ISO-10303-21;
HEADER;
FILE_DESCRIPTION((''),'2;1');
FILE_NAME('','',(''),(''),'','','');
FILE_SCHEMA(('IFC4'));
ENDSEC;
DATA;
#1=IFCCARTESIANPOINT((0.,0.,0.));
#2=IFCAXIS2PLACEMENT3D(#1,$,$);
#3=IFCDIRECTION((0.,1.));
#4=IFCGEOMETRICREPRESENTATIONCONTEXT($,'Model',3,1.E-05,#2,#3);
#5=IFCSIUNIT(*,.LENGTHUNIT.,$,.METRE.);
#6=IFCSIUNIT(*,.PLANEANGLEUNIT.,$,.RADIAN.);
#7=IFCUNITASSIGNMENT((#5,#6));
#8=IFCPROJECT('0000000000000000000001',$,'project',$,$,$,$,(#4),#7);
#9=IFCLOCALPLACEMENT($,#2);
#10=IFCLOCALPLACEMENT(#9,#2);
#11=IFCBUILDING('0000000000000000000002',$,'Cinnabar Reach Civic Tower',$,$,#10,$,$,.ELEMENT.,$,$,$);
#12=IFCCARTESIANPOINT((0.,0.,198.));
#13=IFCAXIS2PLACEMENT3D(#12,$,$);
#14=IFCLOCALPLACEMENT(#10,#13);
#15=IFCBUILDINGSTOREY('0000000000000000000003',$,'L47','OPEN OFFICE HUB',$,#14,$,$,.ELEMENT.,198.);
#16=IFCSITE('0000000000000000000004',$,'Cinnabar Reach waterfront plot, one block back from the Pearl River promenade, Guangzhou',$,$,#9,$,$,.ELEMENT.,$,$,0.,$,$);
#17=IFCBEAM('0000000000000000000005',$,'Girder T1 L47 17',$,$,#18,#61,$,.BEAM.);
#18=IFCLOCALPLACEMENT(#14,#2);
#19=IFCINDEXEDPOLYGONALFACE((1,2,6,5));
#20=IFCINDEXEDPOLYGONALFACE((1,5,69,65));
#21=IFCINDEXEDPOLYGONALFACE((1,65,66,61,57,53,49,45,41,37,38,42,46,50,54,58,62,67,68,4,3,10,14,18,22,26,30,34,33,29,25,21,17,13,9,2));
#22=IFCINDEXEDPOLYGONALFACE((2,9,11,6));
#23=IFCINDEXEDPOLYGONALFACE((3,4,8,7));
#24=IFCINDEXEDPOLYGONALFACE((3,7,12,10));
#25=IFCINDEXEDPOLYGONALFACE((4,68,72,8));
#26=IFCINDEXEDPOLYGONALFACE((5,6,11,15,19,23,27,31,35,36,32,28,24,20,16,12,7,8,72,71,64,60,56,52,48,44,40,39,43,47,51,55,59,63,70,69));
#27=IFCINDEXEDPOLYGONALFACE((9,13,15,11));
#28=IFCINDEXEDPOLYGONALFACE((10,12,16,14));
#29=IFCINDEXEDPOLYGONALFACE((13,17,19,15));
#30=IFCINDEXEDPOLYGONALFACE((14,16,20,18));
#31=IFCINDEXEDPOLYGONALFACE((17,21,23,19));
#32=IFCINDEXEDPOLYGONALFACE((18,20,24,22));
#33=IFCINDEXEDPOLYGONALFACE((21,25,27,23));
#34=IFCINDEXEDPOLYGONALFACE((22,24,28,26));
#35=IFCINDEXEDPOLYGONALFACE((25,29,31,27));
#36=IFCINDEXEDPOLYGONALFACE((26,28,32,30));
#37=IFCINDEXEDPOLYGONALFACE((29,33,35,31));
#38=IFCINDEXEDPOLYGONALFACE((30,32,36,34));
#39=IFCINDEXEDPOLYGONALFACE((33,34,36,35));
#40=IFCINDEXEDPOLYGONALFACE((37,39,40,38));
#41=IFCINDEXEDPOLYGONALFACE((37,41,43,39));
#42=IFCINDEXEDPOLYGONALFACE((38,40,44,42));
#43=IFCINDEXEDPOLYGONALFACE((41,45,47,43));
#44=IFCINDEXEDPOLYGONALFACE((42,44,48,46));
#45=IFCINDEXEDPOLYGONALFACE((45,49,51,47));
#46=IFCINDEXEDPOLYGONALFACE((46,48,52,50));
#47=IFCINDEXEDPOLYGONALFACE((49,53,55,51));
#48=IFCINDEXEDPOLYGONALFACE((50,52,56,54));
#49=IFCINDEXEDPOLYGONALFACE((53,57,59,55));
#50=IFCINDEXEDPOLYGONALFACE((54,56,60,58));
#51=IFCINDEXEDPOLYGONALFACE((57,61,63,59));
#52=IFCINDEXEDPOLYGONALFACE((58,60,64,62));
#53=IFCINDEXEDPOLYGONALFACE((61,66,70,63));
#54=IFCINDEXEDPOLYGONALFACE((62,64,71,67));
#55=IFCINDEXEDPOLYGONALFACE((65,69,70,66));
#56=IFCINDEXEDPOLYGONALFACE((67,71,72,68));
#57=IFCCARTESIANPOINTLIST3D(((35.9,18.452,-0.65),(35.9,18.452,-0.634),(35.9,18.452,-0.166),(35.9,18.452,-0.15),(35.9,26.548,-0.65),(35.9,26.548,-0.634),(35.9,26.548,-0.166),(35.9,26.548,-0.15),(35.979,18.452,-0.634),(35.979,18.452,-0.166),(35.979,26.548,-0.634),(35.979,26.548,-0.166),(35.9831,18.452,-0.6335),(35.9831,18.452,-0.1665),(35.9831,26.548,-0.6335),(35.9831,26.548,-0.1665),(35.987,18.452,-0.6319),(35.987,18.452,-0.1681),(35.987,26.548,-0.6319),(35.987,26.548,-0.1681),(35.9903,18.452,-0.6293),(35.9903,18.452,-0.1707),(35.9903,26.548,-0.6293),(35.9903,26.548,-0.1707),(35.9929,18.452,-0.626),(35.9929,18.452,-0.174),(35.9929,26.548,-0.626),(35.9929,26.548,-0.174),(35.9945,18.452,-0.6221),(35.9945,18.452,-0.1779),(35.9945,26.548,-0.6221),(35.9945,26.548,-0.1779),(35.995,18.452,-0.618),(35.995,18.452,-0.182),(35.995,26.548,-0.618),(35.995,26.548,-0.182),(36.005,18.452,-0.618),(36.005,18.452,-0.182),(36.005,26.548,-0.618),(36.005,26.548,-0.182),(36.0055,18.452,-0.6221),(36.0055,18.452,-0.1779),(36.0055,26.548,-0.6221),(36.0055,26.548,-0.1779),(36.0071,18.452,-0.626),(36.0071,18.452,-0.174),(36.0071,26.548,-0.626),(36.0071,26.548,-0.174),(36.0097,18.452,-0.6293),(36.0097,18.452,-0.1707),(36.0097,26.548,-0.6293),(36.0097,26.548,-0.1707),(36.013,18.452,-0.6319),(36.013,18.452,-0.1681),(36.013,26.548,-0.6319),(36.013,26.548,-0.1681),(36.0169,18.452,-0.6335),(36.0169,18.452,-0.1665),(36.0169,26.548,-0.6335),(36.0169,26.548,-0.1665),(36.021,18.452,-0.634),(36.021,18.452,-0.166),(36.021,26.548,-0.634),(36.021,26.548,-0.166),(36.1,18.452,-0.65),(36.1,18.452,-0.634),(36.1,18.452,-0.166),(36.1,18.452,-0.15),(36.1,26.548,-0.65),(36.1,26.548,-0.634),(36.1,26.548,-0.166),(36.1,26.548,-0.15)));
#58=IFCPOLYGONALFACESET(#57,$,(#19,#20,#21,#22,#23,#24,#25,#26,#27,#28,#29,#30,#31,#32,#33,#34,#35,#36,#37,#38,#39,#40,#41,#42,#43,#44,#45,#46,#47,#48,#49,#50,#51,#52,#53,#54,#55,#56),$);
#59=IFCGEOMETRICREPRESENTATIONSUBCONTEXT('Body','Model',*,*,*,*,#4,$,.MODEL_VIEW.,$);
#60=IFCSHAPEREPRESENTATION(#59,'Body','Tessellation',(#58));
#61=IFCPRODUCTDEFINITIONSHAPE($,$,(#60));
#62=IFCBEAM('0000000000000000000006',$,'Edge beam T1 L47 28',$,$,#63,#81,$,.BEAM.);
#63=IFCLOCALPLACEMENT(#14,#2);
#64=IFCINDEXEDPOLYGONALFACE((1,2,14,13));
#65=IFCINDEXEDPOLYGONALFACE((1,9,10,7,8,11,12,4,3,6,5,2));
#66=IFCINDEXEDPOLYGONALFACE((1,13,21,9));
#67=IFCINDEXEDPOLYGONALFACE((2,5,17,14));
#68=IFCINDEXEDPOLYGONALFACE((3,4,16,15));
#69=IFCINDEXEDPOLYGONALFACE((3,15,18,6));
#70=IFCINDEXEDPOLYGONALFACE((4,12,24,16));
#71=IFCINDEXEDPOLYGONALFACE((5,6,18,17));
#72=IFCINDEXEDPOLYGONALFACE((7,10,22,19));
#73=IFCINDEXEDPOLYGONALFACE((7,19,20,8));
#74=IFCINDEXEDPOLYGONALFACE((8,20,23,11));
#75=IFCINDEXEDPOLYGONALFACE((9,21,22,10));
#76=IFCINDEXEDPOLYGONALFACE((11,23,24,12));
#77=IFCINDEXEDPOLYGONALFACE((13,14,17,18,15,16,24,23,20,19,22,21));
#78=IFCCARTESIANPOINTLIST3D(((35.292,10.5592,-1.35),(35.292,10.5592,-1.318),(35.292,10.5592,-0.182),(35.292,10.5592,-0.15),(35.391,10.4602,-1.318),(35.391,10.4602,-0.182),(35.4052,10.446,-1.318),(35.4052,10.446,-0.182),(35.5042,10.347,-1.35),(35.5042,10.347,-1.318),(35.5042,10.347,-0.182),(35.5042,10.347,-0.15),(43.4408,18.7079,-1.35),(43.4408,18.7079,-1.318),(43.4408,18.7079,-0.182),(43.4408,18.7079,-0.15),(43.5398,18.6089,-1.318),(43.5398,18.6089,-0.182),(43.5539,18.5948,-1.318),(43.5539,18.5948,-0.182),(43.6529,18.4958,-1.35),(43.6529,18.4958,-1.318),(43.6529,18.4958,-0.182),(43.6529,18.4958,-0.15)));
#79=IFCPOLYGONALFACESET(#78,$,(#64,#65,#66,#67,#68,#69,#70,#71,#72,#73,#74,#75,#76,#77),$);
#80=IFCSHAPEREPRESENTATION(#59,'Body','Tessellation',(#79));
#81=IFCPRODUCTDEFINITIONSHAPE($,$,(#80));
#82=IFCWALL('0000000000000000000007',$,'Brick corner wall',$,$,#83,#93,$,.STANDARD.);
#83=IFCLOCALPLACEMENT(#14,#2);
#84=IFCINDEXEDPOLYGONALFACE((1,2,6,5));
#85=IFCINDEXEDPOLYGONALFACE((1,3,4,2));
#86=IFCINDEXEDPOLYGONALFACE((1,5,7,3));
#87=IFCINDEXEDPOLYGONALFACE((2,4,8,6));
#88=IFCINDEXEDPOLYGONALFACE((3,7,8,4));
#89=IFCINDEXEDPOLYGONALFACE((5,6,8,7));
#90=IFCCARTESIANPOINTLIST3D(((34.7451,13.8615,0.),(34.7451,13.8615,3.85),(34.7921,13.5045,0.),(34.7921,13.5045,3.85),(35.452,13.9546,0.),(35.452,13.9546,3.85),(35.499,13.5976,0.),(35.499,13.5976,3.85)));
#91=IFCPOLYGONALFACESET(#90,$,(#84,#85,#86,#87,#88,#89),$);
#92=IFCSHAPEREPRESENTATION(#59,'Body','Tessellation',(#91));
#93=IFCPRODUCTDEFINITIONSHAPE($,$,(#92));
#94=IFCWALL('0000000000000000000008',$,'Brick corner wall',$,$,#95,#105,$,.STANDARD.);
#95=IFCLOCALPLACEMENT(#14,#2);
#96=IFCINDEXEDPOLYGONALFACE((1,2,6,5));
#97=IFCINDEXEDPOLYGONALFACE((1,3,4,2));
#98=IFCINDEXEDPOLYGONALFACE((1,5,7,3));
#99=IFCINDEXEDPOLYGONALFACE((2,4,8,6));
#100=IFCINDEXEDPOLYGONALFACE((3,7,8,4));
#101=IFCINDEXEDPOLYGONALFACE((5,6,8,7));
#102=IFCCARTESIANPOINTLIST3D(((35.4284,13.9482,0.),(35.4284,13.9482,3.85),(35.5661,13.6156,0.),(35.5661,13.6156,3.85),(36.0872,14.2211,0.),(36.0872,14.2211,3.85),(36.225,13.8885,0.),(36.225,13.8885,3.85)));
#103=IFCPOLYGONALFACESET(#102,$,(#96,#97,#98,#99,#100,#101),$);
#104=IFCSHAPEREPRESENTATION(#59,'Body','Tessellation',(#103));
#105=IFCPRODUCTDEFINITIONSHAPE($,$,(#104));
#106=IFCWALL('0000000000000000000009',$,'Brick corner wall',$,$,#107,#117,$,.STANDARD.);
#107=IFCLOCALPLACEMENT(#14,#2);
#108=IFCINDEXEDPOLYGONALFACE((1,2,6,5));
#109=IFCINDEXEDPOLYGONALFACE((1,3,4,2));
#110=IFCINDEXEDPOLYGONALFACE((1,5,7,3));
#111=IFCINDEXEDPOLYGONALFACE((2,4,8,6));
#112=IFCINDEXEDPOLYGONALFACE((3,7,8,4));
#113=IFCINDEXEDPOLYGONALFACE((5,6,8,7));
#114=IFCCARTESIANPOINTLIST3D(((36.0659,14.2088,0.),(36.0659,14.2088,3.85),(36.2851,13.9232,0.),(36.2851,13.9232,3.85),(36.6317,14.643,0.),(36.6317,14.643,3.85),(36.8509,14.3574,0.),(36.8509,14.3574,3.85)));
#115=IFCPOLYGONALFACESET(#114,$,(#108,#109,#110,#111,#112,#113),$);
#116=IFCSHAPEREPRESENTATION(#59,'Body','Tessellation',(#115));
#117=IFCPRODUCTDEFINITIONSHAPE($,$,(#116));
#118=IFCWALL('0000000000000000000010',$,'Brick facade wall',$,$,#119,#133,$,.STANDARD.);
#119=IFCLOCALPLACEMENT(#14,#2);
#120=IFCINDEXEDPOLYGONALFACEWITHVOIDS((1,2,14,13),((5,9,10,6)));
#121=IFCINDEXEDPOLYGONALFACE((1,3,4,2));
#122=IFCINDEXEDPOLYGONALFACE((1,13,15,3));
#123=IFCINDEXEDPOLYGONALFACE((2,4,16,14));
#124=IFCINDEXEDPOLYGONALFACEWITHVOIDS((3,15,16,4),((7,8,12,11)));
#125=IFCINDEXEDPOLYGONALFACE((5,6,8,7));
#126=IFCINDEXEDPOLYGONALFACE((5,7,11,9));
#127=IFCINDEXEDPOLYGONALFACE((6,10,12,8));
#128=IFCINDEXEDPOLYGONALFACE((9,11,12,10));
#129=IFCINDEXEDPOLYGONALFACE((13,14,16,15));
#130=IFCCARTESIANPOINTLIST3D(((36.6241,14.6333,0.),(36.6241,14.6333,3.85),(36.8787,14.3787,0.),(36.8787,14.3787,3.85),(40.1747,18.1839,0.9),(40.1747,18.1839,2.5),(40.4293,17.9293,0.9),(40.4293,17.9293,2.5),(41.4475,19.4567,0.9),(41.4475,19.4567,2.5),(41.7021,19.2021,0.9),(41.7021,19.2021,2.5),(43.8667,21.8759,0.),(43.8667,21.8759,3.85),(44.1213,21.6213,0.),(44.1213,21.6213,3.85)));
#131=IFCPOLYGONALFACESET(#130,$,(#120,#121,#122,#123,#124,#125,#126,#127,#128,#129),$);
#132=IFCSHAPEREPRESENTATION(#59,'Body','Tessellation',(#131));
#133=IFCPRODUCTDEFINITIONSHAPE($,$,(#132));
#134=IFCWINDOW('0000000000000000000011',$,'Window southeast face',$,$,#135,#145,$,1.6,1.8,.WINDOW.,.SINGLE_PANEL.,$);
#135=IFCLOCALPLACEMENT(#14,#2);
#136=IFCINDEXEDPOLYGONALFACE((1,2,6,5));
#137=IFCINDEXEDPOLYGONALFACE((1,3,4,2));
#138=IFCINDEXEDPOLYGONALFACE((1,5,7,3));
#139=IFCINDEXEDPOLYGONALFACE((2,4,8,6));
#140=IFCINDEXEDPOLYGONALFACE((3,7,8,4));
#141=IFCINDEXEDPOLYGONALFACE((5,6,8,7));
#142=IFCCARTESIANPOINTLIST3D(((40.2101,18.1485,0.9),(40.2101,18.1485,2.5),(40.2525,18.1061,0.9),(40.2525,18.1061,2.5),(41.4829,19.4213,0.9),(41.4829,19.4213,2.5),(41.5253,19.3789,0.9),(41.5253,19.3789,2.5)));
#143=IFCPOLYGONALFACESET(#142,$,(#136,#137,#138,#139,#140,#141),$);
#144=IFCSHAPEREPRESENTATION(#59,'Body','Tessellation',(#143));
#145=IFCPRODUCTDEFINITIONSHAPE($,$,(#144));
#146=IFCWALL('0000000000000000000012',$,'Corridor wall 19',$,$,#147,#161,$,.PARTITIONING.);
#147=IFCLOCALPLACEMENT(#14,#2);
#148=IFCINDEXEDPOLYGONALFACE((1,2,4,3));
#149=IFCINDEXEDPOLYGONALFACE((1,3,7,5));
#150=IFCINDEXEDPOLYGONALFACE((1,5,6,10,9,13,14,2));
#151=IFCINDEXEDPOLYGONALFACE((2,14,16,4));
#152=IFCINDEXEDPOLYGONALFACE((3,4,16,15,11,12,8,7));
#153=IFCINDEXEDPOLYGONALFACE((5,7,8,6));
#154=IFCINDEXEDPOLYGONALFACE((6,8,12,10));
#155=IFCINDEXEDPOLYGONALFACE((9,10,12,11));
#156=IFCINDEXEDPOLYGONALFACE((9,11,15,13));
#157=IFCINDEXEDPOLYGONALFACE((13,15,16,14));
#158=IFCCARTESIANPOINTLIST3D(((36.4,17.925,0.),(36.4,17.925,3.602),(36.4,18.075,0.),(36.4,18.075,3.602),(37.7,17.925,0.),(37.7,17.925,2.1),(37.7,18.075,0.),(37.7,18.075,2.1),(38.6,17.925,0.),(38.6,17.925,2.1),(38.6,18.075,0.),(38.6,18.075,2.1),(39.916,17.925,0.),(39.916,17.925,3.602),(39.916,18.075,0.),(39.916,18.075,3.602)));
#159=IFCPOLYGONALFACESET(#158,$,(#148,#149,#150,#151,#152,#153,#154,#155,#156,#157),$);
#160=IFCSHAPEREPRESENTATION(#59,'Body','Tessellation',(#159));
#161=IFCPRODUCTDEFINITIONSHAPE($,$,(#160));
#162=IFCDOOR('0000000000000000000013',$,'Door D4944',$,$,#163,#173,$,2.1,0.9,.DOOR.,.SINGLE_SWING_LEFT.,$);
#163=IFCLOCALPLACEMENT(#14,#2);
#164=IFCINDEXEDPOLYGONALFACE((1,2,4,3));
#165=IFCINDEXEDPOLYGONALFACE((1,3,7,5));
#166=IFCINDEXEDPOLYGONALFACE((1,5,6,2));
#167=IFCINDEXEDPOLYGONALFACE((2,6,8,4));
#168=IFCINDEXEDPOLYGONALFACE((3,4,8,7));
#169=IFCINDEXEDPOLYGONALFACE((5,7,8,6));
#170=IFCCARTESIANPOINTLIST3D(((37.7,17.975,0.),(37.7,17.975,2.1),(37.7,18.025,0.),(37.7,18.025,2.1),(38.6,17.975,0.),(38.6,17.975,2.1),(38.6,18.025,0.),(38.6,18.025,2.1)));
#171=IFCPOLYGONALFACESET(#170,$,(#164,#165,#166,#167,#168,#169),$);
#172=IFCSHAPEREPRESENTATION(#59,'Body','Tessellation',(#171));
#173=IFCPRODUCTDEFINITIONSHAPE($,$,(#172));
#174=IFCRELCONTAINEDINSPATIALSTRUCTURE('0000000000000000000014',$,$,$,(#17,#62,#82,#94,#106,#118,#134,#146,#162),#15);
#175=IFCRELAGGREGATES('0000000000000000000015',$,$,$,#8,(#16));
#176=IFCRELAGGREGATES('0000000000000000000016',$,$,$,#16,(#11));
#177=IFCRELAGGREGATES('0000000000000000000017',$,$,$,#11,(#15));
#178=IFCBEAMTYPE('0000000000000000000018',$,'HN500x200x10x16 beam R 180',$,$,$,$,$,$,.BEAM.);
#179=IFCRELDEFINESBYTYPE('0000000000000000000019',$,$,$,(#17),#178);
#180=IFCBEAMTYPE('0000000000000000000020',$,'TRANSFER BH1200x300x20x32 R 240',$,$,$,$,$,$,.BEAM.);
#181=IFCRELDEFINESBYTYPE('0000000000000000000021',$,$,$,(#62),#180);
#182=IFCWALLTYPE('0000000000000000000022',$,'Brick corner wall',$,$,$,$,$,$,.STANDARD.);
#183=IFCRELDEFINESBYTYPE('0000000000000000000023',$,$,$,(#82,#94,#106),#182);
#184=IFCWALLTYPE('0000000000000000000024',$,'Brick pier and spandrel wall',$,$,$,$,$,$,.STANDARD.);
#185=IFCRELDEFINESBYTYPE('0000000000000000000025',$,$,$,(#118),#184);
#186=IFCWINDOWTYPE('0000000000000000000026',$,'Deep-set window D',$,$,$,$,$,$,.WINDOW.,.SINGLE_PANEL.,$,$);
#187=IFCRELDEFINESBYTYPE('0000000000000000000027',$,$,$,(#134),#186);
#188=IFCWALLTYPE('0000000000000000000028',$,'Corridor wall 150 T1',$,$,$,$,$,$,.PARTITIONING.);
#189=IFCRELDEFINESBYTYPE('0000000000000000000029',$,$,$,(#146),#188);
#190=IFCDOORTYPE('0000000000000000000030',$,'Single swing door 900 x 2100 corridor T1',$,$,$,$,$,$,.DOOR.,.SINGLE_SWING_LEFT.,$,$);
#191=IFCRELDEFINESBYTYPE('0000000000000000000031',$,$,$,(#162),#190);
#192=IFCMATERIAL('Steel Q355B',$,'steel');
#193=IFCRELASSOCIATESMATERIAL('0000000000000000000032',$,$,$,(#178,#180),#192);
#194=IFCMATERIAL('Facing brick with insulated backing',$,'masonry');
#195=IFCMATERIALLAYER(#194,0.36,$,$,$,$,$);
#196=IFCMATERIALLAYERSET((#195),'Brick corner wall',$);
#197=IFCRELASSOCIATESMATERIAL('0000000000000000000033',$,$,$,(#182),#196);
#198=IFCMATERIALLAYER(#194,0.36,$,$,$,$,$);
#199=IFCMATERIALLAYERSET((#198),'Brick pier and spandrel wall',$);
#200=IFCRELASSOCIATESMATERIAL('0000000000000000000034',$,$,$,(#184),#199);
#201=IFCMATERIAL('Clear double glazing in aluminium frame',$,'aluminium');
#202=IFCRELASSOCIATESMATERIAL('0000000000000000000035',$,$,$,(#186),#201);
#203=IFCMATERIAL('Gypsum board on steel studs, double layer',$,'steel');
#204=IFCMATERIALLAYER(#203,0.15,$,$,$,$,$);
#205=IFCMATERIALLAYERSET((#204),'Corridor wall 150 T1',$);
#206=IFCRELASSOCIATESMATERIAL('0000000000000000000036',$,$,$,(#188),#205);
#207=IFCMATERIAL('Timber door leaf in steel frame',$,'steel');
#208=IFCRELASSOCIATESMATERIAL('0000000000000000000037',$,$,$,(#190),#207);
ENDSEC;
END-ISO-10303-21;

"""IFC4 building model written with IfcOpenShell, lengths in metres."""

from ifc_helpers import new_model, si_unit, direction, frame, frame_2d, origin, origin_2d, place, context, subcontext, project, spatial, rectangle, i_section, extrude, material, layer, layer_set, material_profile, profile_set, type_object, element, fill, save


model = new_model("IFC4")

# Units and contexts
model_context = context("Model", 3, precision=1e-05, world=origin(), true_north=direction((0.0, 1.0)))
body_context = subcontext(model_context, "Body", "Model", "MODEL_VIEW")
ifc_project = project(units=[si_unit("LENGTHUNIT", "METRE"), si_unit("PLANEANGLEUNIT", "RADIAN")], contexts=[model_context])

# Site, building, storey
site_placement = place(None, origin())
site = spatial("IfcSite", under=ifc_project, at=site_placement, Name="Cinnabar Reach waterfront plot, one block back from the Pearl River promenade, Guangzhou", CompositionType="ELEMENT", RefElevation=0.0)
building_placement = place(site_placement, origin())
building = spatial("IfcBuilding", under=site, at=building_placement, Name="Cinnabar Reach Civic Tower", CompositionType="ELEMENT")
storey_placement = place(building_placement, frame((0.0, 0.0, 198.0)))
storey = spatial("IfcBuildingStorey", under=building, at=storey_placement, Name="L47", Description="OPEN OFFICE HUB", CompositionType="ELEMENT", Elevation=198.0)

# Beams
ifc_material_1 = material(Name="Steel Q355B", Category="steel")
ifc_material_profile_1 = material_profile(ifc_material_1, i_section(OverallWidth=0.2, OverallDepth=0.5, WebThickness=0.01, FlangeThickness=0.016, FilletRadius=0.016, at=origin_2d()), Name="HN500x200x10x16")
ifc_profile_set_1 = profile_set([ifc_material_profile_1], Name="Steel Q355B")
beam_type_1 = type_object("IfcBeamType", Name="HN500x200x10x16 beam R 180", PredefinedType="BEAM", material=ifc_profile_set_1)
beam_1_placement = place(storey_placement, frame((36.0, 18.452, -0.4), z_axis=(0.0, 1.0, 0.0), x_axis=(-1.0, 0.0, 0.0)))
element("IfcBeam", 1, at=beam_1_placement, inside=storey, type_object=beam_type_1, Name="Girder T1 L47 17", PredefinedType="BEAM", context=body_context, shape_type="SweptSolid", body=[
    extrude(i_section(OverallWidth=0.2, OverallDepth=0.5, WebThickness=0.01, FlangeThickness=0.016, FilletRadius=0.016, at=origin_2d()), origin(), (0.0, 0.0, 1.0), 8.096),
])
ifc_material_profile_2 = material_profile(ifc_material_1, i_section(OverallWidth=0.3, OverallDepth=1.2, WebThickness=0.02, FlangeThickness=0.032, at=origin_2d()), Name="BH1200x300x20x32")
ifc_profile_set_2 = profile_set([ifc_material_profile_2], Name="Steel Q355B")
beam_type_2 = type_object("IfcBeamType", Name="TRANSFER BH1200x300x20x32 R 240", PredefinedType="BEAM", material=ifc_profile_set_2)
beam_2_placement = place(storey_placement, frame((35.3981, 10.4531, -0.75), z_axis=(0.707107, 0.707107, 0.0), x_axis=(-0.707107, 0.707107, 0.0)))
element("IfcBeam", 2, at=beam_2_placement, inside=storey, type_object=beam_type_2, Name="Edge beam T1 L47 28", PredefinedType="BEAM", context=body_context, shape_type="SweptSolid", body=[
    extrude(i_section(OverallWidth=0.3, OverallDepth=1.2, WebThickness=0.02, FlangeThickness=0.032, at=origin_2d()), origin(), (0.0, 0.0, 1.0), 11.5241),
])

# Walls
ifc_material_2 = material(Name="Facing brick with insulated backing", Category="masonry")
ifc_layer_1 = layer(ifc_material_2, 0.36)
ifc_layer_set_1 = layer_set([ifc_layer_1], Name="Brick corner wall")
wall_type_1 = type_object("IfcWallType", Name="Brick corner wall", PredefinedType="STANDARD", material=ifc_layer_set_1)
for number, where, z_axis, x_axis, name in (
    (3, (34.7686, 13.683, 0.0), (0.0, 0.0, 1.0), (0.991441, 0.130556, 0.0), "Brick corner wall"),
    (4, (35.4973, 13.7819, 0.0), (0.0, 0.0, 1.0), (0.923872, 0.382703, 0.0), "Brick corner wall"),
):
    element("IfcWall", number, at=place(storey_placement, frame(where, z_axis=z_axis, x_axis=x_axis)), inside=storey, type_object=wall_type_1, Name=name, PredefinedType="STANDARD", context=body_context, shape_type="SweptSolid", body=[
        extrude(rectangle(XDim=0.7131, YDim=0.36, at=frame_2d((0.3565, 0.0))), origin(), (0.0, 0.0, 1.0), 3.85),
    ])
wall_1_placement = place(storey_placement, frame((36.1755, 14.066, 0.0), z_axis=(0.0, 0.0, 1.0), x_axis=(0.793322, 0.608802, 0.0)))
element("IfcWall", 5, at=wall_1_placement, inside=storey, type_object=wall_type_1, Name="Brick corner wall", PredefinedType="STANDARD", context=body_context, shape_type="SweptSolid", body=[
    extrude(rectangle(XDim=0.7132, YDim=0.36, at=frame_2d((0.3566, 0.0))), origin(), (0.0, 0.0, 1.0), 3.85),
])

# Wall, opening, window
ifc_layer_2 = layer(ifc_material_2, 0.36)
ifc_layer_set_2 = layer_set([ifc_layer_2], Name="Brick pier and spandrel wall")
wall_type_2 = type_object("IfcWallType", Name="Brick pier and spandrel wall", PredefinedType="STANDARD", material=ifc_layer_set_2)
wall_2_placement = place(storey_placement, frame((36.7514, 14.506, 0.0), z_axis=(0.0, 0.0, 1.0), x_axis=(0.707107, 0.707107, 0.0)))
wall_2 = element("IfcWall", 6, at=wall_2_placement, inside=storey, type_object=wall_type_2, Name="Brick facade wall", PredefinedType="STANDARD", context=body_context, shape_type="SweptSolid", body=[
    extrude(rectangle(XDim=10.2426, YDim=0.36, at=frame_2d((5.1213, 0.0))), origin(), (0.0, 0.0, 1.0), 3.85),
])
opening_1_placement = place(wall_2_placement, frame((5.0213, 0.0, 0.9)))
opening_1 = element("IfcOpeningElement", 7, at=opening_1_placement, cuts=wall_2, PredefinedType="OPENING", context=body_context, shape_type="SweptSolid", body=[
    extrude(rectangle(XDim=1.8, YDim=1.6, at=frame_2d((0.9, 0.8))), frame((0.0, 0.19, 0.0), z_axis=(0.0, -1.0, 0.0), x_axis=(1.0, 0.0, 0.0)), (0.0, 0.0, 1.0), 0.38),
])
ifc_material_3 = material(Name="Clear double glazing in aluminium frame", Category="aluminium")
window_type = type_object("IfcWindowType", Name="Deep-set window D", PartitioningType="SINGLE_PANEL", PredefinedType="WINDOW", material=ifc_material_3)
window_placement = place(opening_1_placement, origin())
window = element("IfcWindow", 8, at=window_placement, inside=storey, type_object=window_type, Name="Window southeast face", OverallHeight=1.6, OverallWidth=1.8, PartitioningType="SINGLE_PANEL", PredefinedType="WINDOW", context=body_context, shape_type="SweptSolid", body=[
    extrude(rectangle(XDim=1.8, YDim=1.6, at=frame_2d((0.9, 0.8))), frame((0.0, 0.13, 0.0), z_axis=(0.0, -1.0, 0.0), x_axis=(1.0, 0.0, 0.0)), (0.0, 0.0, 1.0), 0.06),
])
fill(opening_1, window)

# Wall, opening, door
ifc_material_4 = material(Name="Gypsum board on steel studs, double layer", Category="steel")
ifc_layer_3 = layer(ifc_material_4, 0.15)
ifc_layer_set_3 = layer_set([ifc_layer_3], Name="Corridor wall 150 T1")
wall_type_3 = type_object("IfcWallType", Name="Corridor wall 150 T1", PredefinedType="PARTITIONING", material=ifc_layer_set_3)
wall_3_placement = place(storey_placement, frame((36.4, 18.0, 0.0), z_axis=(0.0, 0.0, 1.0), x_axis=(1.0, 0.0, 0.0)))
wall_3 = element("IfcWall", 9, at=wall_3_placement, inside=storey, type_object=wall_type_3, Name="Corridor wall 19", PredefinedType="PARTITIONING", context=body_context, shape_type="SweptSolid", body=[
    extrude(rectangle(XDim=3.516, YDim=0.15, at=frame_2d((1.758, 0.0))), origin(), (0.0, 0.0, 1.0), 3.602),
])
opening_2_placement = place(wall_3_placement, frame((1.3, 0.0, 0.0)))
opening_2 = element("IfcOpeningElement", 10, at=opening_2_placement, cuts=wall_3, PredefinedType="OPENING", context=body_context, shape_type="SweptSolid", body=[
    extrude(rectangle(XDim=0.9, YDim=2.1, at=frame_2d((0.45, 1.05))), frame((0.0, 0.085, 0.0), z_axis=(0.0, -1.0, 0.0), x_axis=(1.0, 0.0, 0.0)), (0.0, 0.0, 1.0), 0.17),
])
ifc_material_5 = material(Name="Timber door leaf in steel frame", Category="steel")
door_type = type_object("IfcDoorType", Name="Single swing door 900 x 2100 corridor T1", OperationType="SINGLE_SWING_LEFT", PredefinedType="DOOR", material=ifc_material_5)
door_placement = place(opening_2_placement, frame((0.9, 0.0, 0.0), z_axis=(0.0, 0.0, 1.0), x_axis=(-1.0, 0.0, 0.0)))
door = element("IfcDoor", 11, at=door_placement, inside=storey, type_object=door_type, Name="Door D4944", OperationType="SINGLE_SWING_LEFT", OverallHeight=2.1, OverallWidth=0.9, PredefinedType="DOOR", context=body_context, shape_type="SweptSolid", body=[
    extrude(rectangle(XDim=0.9, YDim=2.1, at=frame_2d((0.45, 1.05))), frame((0.0, 0.025, 0.0), z_axis=(0.0, -1.0, 0.0), x_axis=(1.0, 0.0, 0.0)), (0.0, 0.0, 1.0), 0.05),
])
fill(opening_2, door)

save(model, "model.ifc")
